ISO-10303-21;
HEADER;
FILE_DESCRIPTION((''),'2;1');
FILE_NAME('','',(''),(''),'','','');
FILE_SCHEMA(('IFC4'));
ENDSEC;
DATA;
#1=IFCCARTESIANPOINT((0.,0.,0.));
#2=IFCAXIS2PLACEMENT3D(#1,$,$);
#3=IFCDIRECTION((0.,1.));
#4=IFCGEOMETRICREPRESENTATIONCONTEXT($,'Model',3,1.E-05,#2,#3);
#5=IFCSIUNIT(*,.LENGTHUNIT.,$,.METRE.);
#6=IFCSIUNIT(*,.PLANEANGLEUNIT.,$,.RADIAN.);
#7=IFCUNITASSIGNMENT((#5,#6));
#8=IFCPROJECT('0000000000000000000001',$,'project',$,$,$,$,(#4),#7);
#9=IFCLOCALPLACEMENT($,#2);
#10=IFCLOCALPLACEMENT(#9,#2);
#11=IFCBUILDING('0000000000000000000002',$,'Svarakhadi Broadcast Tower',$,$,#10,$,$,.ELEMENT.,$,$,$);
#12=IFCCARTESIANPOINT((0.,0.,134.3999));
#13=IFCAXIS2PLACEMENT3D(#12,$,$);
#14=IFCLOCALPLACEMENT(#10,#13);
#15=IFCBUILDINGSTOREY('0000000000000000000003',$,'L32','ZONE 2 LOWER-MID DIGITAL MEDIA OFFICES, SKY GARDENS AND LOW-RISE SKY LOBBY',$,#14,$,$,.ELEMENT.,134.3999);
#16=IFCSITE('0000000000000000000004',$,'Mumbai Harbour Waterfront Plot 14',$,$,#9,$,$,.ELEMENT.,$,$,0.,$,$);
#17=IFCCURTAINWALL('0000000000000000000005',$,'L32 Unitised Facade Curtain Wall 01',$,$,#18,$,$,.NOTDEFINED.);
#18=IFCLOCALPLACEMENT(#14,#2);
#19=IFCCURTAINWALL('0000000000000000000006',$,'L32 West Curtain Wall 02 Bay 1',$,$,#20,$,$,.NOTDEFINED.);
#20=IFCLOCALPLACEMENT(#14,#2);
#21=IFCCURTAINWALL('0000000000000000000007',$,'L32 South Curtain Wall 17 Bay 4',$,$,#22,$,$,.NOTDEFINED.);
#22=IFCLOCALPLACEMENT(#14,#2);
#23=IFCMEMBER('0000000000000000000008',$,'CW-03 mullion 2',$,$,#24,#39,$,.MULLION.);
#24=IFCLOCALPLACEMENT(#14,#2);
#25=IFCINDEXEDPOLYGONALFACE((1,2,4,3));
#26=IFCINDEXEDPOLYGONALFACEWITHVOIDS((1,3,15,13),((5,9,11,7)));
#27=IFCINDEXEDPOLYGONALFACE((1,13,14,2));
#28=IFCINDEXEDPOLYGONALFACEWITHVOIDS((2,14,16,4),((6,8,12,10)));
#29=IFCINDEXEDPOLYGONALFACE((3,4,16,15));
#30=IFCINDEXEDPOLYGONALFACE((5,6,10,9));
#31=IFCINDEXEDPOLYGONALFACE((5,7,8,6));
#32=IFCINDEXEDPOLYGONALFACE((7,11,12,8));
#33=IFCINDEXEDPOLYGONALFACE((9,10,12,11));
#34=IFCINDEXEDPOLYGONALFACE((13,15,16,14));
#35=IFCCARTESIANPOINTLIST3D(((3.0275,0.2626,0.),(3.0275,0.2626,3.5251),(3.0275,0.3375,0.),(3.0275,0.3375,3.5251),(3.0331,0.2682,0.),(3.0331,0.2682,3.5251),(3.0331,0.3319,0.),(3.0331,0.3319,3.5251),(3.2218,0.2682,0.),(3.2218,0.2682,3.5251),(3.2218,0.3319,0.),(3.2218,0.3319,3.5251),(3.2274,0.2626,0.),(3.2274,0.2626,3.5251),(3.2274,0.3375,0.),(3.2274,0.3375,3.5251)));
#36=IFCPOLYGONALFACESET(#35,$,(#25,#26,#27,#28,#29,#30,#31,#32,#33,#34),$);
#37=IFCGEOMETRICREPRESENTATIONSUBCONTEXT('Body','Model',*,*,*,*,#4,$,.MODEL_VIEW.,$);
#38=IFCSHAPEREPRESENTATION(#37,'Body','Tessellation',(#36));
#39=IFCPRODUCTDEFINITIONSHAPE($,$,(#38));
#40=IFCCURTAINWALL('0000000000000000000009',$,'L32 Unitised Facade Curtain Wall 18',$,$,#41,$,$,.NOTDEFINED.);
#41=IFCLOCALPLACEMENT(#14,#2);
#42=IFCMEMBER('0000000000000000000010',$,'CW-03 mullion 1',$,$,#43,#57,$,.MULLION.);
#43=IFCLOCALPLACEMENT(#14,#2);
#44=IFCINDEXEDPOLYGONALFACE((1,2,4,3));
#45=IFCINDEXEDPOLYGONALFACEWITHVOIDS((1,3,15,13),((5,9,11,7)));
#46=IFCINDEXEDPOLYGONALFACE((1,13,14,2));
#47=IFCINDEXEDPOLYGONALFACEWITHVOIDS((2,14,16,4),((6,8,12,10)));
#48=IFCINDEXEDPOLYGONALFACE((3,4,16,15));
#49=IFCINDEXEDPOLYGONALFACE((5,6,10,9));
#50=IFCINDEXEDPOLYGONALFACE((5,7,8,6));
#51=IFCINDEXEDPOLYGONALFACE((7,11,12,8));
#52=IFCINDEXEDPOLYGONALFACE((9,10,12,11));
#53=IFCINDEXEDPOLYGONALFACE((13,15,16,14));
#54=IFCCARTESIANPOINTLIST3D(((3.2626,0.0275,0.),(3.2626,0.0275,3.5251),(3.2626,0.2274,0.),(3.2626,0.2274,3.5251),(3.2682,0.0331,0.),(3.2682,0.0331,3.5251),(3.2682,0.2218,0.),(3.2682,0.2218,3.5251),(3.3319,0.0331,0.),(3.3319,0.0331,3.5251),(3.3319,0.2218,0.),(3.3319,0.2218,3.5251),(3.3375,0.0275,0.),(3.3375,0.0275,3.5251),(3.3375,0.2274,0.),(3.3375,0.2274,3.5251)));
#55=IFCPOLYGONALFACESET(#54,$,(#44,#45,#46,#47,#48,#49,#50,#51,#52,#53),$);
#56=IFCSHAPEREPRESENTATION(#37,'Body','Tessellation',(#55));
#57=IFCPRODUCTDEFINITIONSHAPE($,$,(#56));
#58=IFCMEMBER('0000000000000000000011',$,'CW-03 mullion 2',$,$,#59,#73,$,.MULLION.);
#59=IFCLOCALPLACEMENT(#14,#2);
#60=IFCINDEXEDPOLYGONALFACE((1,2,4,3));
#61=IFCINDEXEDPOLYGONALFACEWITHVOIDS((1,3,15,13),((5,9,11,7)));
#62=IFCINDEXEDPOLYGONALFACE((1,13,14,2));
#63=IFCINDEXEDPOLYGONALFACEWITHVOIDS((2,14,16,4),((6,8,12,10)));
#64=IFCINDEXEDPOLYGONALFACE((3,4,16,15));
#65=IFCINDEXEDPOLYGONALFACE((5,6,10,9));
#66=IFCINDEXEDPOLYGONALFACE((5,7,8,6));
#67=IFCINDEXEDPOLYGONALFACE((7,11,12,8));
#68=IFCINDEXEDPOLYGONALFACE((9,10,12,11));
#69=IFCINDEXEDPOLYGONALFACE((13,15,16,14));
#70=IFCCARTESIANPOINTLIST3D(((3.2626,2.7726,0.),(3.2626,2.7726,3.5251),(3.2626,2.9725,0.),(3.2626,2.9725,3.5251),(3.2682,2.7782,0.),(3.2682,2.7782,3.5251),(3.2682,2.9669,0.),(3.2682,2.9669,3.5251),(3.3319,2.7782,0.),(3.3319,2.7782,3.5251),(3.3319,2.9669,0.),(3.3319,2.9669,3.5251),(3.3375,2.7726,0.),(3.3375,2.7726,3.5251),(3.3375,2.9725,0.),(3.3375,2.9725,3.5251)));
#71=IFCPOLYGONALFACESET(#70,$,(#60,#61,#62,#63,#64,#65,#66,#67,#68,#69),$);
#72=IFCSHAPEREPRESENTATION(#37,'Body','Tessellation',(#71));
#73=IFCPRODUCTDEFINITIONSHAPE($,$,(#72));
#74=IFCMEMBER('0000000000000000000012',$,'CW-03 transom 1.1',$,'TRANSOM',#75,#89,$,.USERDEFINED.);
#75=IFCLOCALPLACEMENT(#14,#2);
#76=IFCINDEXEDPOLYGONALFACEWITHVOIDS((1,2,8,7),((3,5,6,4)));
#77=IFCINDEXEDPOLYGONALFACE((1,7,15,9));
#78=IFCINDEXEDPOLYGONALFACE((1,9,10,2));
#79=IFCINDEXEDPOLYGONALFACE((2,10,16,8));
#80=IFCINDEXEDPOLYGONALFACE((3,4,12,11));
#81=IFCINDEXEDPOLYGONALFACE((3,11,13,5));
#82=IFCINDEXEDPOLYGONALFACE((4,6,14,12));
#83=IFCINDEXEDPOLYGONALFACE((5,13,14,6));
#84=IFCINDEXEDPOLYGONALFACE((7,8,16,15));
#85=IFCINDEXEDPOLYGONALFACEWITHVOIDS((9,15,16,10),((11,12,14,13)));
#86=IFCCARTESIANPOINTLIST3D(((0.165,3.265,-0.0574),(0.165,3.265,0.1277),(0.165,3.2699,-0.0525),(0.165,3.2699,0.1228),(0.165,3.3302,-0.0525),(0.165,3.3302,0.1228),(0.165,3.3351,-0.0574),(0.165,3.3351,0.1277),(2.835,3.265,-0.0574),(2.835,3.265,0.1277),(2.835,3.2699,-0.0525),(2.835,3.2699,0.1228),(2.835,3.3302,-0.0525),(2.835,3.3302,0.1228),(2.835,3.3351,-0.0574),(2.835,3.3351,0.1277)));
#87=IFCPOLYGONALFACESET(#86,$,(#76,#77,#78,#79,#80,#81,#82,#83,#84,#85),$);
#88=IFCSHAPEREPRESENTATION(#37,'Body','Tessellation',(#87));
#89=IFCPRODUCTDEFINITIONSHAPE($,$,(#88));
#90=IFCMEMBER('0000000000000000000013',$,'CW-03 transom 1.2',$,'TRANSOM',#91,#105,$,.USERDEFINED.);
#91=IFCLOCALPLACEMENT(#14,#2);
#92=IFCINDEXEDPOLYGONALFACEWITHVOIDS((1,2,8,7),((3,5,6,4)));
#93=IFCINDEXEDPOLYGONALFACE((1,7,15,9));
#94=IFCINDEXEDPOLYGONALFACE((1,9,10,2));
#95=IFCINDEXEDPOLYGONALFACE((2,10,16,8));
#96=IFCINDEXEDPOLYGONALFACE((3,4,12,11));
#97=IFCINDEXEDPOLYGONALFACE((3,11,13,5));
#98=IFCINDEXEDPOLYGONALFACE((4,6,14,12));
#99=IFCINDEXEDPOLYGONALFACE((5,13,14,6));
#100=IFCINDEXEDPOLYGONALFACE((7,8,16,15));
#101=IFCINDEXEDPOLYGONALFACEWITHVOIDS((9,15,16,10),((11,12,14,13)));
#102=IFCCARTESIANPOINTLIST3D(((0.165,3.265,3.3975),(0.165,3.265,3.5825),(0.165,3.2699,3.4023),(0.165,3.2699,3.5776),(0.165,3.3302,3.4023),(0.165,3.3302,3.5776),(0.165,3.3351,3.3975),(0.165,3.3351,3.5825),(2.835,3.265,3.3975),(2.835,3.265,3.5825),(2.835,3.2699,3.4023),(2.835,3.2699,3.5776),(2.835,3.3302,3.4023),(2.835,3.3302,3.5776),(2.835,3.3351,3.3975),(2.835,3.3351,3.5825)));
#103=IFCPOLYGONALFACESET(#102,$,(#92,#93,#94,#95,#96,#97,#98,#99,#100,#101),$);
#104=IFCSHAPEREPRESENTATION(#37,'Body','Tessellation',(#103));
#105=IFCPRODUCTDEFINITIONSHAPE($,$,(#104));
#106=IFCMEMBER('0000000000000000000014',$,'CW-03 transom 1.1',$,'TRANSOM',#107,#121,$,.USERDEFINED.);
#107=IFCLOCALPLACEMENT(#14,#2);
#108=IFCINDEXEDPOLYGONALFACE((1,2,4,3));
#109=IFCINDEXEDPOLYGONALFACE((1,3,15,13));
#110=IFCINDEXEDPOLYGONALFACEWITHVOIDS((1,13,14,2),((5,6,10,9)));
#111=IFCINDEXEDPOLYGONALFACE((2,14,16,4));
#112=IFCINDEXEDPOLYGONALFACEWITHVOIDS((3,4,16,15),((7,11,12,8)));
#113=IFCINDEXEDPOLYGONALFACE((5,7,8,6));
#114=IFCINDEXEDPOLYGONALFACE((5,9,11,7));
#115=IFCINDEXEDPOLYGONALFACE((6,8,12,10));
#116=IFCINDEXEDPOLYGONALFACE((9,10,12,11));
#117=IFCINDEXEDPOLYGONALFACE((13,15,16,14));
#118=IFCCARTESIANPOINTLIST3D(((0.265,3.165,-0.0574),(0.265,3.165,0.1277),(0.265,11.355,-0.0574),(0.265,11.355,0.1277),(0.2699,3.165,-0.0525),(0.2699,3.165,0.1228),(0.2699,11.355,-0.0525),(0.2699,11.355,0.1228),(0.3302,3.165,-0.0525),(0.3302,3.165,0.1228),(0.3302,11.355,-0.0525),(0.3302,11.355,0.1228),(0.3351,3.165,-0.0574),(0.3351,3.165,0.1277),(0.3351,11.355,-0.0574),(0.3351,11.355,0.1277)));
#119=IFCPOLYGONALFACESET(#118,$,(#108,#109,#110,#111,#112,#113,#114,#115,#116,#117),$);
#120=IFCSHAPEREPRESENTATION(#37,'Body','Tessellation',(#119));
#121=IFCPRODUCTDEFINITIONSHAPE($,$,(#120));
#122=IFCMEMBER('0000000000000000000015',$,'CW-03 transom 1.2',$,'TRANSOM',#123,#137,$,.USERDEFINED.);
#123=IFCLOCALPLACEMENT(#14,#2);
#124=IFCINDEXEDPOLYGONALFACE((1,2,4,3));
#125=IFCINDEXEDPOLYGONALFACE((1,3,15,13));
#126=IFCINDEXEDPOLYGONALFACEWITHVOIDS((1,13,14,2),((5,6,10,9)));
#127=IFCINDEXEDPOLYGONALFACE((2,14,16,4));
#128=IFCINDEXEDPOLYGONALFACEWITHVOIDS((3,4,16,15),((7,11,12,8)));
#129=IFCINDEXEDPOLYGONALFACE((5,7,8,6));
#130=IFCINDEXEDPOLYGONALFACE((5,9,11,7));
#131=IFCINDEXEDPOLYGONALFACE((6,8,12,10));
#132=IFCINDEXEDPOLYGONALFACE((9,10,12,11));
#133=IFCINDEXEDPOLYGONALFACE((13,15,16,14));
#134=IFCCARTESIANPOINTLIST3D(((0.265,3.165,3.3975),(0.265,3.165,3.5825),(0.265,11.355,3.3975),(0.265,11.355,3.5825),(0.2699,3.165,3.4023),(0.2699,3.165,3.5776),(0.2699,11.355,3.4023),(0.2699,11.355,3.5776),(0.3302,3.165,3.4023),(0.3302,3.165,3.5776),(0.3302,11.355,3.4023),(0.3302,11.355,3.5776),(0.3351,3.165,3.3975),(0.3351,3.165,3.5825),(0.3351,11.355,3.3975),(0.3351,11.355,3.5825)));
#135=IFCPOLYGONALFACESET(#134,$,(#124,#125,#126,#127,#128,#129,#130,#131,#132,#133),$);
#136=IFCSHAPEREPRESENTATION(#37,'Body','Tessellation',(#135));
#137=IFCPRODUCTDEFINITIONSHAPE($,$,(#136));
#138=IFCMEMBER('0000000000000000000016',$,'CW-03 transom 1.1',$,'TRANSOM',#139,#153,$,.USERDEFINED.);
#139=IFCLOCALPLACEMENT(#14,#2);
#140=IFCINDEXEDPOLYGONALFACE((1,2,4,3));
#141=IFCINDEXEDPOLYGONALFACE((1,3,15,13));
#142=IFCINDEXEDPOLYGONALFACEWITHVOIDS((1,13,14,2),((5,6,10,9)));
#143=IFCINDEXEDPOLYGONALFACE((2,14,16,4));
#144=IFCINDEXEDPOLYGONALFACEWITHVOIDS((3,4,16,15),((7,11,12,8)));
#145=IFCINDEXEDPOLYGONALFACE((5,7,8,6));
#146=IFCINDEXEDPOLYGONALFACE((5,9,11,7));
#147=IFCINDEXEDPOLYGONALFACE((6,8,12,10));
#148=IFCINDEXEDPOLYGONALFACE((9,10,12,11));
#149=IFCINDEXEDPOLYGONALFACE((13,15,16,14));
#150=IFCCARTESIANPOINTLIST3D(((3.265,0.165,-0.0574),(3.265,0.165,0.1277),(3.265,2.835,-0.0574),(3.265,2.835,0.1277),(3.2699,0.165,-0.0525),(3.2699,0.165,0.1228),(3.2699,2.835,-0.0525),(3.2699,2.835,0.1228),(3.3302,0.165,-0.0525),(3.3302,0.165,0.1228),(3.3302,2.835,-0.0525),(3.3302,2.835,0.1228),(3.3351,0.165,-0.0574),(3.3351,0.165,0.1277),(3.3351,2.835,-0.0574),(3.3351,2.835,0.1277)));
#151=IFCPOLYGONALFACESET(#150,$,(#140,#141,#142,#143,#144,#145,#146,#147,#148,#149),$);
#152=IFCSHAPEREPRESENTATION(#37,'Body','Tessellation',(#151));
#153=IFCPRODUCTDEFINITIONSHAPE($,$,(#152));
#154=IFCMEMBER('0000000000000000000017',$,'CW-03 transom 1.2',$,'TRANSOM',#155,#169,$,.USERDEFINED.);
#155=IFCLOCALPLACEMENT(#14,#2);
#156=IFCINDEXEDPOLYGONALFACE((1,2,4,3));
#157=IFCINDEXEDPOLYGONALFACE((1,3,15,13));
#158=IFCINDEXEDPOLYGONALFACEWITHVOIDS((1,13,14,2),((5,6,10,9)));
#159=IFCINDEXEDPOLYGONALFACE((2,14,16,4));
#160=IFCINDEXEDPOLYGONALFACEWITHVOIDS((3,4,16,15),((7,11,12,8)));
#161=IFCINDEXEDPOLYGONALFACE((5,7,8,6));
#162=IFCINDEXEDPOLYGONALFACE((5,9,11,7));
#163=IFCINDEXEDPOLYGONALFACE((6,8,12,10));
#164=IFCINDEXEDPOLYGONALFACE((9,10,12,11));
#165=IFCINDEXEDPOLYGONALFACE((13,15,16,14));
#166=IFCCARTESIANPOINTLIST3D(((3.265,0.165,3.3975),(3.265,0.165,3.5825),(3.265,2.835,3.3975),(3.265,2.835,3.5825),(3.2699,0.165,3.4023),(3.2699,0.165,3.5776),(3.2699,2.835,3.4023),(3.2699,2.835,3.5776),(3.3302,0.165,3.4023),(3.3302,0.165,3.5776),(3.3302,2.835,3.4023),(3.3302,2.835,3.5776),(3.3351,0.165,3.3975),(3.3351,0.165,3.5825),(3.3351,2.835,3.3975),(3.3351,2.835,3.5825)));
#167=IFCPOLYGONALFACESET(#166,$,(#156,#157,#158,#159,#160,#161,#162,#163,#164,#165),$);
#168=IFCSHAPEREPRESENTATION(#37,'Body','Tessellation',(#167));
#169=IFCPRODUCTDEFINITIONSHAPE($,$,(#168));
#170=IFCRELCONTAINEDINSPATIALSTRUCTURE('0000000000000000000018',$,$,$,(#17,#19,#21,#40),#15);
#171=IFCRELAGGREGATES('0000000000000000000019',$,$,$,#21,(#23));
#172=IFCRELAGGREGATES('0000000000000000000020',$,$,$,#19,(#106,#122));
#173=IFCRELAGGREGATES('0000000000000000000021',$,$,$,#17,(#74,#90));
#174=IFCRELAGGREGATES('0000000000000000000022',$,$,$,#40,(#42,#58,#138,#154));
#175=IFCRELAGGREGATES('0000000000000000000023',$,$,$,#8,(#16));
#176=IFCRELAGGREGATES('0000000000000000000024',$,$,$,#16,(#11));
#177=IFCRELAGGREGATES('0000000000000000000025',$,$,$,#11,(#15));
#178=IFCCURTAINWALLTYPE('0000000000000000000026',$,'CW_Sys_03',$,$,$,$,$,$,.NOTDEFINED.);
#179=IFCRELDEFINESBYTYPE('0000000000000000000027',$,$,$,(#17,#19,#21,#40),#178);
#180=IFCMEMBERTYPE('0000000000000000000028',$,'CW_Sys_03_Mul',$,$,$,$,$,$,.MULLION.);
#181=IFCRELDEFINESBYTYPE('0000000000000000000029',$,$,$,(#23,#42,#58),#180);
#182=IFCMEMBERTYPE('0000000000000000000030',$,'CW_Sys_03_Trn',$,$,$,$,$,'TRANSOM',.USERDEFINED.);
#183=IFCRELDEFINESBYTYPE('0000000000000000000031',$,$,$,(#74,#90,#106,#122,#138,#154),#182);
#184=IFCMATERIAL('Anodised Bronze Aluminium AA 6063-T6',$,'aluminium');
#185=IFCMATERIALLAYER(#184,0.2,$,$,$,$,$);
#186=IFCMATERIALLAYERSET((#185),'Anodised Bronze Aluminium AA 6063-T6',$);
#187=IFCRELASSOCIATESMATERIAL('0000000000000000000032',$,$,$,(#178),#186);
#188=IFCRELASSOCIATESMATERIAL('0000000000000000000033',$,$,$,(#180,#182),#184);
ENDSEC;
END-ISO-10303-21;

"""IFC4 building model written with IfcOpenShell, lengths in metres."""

from ifc_helpers import new_model, si_unit, direction, frame, origin, origin_2d, place, context, subcontext, project, spatial, hollow_rectangle, extrude, material, layer, layer_set, material_profile, profile_set, type_object, element, aggregate, save


model = new_model("IFC4")

# Units and contexts
model_context = context("Model", 3, precision=1e-05, world=origin(), true_north=direction((0.0, 1.0)))
body_context = subcontext(model_context, "Body", "Model", "MODEL_VIEW")
ifc_project = project(units=[si_unit("LENGTHUNIT", "METRE"), si_unit("PLANEANGLEUNIT", "RADIAN")], contexts=[model_context])

# Site, building, storey
site_placement = place(None, origin())
site = spatial("IfcSite", under=ifc_project, at=site_placement, Name="Mumbai Harbour Waterfront Plot 14", CompositionType="ELEMENT", RefElevation=0.0)
building_placement = place(site_placement, origin())
building = spatial("IfcBuilding", under=site, at=building_placement, Name="Svarakhadi Broadcast Tower", CompositionType="ELEMENT")
storey_placement = place(building_placement, frame((0.0, 0.0, 134.3999)))
storey = spatial("IfcBuildingStorey", under=building, at=storey_placement, Name="L32", Description="ZONE 2 LOWER-MID DIGITAL MEDIA OFFICES, SKY GARDENS AND LOW-RISE SKY LOBBY", CompositionType="ELEMENT", Elevation=134.3999)

# Curtain wall
ifc_material_1 = material(Name="Anodised Bronze Aluminium AA 6063-T6", Category="aluminium")
ifc_layer_1 = layer(ifc_material_1, 0.2)
ifc_layer_set_1 = layer_set([ifc_layer_1], Name="Anodised Bronze Aluminium AA 6063-T6")
curtain_wall_type = type_object("IfcCurtainWallType", Name="CW_Sys_03", PredefinedType="NOTDEFINED", material=ifc_layer_set_1)
curtain_wall_1_placement = place(storey_placement, origin())
curtain_wall_1 = element("IfcCurtainWall", 1, at=curtain_wall_1_placement, inside=storey, type_object=curtain_wall_type, Name="L32 Unitised Facade Curtain Wall 01", PredefinedType="NOTDEFINED")
ifc_material_profile_1 = material_profile(ifc_material_1, hollow_rectangle(XDim=0.075, YDim=0.2, WallThickness=0.0056, at=origin_2d()), Name="ALU MULLION 200x75x6")
ifc_profile_set_1 = profile_set([ifc_material_profile_1], Name="Anodised Bronze Aluminium AA 6063-T6")
member_type_1 = type_object("IfcMemberType", Name="CW_Sys_03_Mul", PredefinedType="MULLION", material=ifc_profile_set_1)

# Curtain walls, member
curtain_wall_2_placement = place(storey_placement, origin())
curtain_wall_2 = element("IfcCurtainWall", 2, at=curtain_wall_2_placement, inside=storey, type_object=curtain_wall_type, Name="L32 West Curtain Wall 02 Bay 1", PredefinedType="NOTDEFINED")
curtain_wall_3_placement = place(storey_placement, origin())
curtain_wall_3 = element("IfcCurtainWall", 3, at=curtain_wall_3_placement, inside=storey, type_object=curtain_wall_type, Name="L32 South Curtain Wall 17 Bay 4", PredefinedType="NOTDEFINED")
member_1_placement = place(storey_placement, frame((3.1274, 0.3, 0.0), z_axis=(0.0, 0.0, 1.0), x_axis=(0.0, -1.0, 0.0)))
member_1 = element("IfcMember", 4, at=member_1_placement, type_object=member_type_1, Name="CW-03 mullion 2", PredefinedType="MULLION", context=body_context, shape_type="SweptSolid", body=[
    extrude(hollow_rectangle(XDim=0.075, YDim=0.2, WallThickness=0.0056, at=origin_2d()), origin(), (0.0, 0.0, 1.0), 3.5251),
])
aggregate(curtain_wall_3, [member_1])

# Curtain wall, members
curtain_wall_4_placement = place(storey_placement, origin())
curtain_wall_4 = element("IfcCurtainWall", 5, at=curtain_wall_4_placement, inside=storey, type_object=curtain_wall_type, Name="L32 Unitised Facade Curtain Wall 18", PredefinedType="NOTDEFINED")
member_2_placement = place(storey_placement, frame((3.3, 0.1274, 0.0), z_axis=(0.0, 0.0, 1.0), x_axis=(-1.0, 0.0, 0.0)))
member_2 = element("IfcMember", 6, at=member_2_placement, type_object=member_type_1, Name="CW-03 mullion 1", PredefinedType="MULLION", context=body_context, shape_type="SweptSolid", body=[
    extrude(hollow_rectangle(XDim=0.075, YDim=0.2, WallThickness=0.0056, at=origin_2d()), origin(), (0.0, 0.0, 1.0), 3.5251),
])
member_3_placement = place(storey_placement, frame((3.3, 2.8726, 0.0), z_axis=(0.0, 0.0, 1.0), x_axis=(-1.0, 0.0, 0.0)))
member_3 = element("IfcMember", 7, at=member_3_placement, type_object=member_type_1, Name="CW-03 mullion 2", PredefinedType="MULLION", context=body_context, shape_type="SweptSolid", body=[
    extrude(hollow_rectangle(XDim=0.075, YDim=0.2, WallThickness=0.0056, at=origin_2d()), origin(), (0.0, 0.0, 1.0), 3.5251),
])

# Members
ifc_material_profile_2 = material_profile(ifc_material_1, hollow_rectangle(XDim=0.0701, YDim=0.1851, WallThickness=0.0049, at=origin_2d()), Name="ALU TRANSOM 185x70x5")
ifc_profile_set_2 = profile_set([ifc_material_profile_2], Name="Anodised Bronze Aluminium AA 6063-T6")
member_type_2 = type_object("IfcMemberType", Name="CW_Sys_03_Trn", ElementType="TRANSOM", PredefinedType="USERDEFINED", material=ifc_profile_set_2)
member_4_placement = place(storey_placement, frame((2.835, 3.3, 0.0352), z_axis=(-1.0, 0.0, 0.0), x_axis=(0.0, -1.0, 0.0)))
member_4 = element("IfcMember", 8, at=member_4_placement, type_object=member_type_2, Name="CW-03 transom 1.1", ObjectType="TRANSOM", PredefinedType="USERDEFINED", context=body_context, shape_type="SweptSolid", body=[
    extrude(hollow_rectangle(XDim=0.0701, YDim=0.1851, WallThickness=0.0049, at=origin_2d()), origin(), (0.0, 0.0, 1.0), 2.6699),
])
member_5_placement = place(storey_placement, frame((2.835, 3.3, 3.49), z_axis=(-1.0, 0.0, 0.0), x_axis=(0.0, -1.0, 0.0)))
member_5 = element("IfcMember", 9, at=member_5_placement, type_object=member_type_2, Name="CW-03 transom 1.2", ObjectType="TRANSOM", PredefinedType="USERDEFINED", context=body_context, shape_type="SweptSolid", body=[
    extrude(hollow_rectangle(XDim=0.0701, YDim=0.1851, WallThickness=0.0049, at=origin_2d()), origin(), (0.0, 0.0, 1.0), 2.6699),
])
member_6_placement = place(storey_placement, frame((0.3, 3.165, 0.0352), z_axis=(0.0, 1.0, 0.0), x_axis=(-1.0, 0.0, 0.0)))
member_6 = element("IfcMember", 10, at=member_6_placement, type_object=member_type_2, Name="CW-03 transom 1.1", ObjectType="TRANSOM", PredefinedType="USERDEFINED", context=body_context, shape_type="SweptSolid", body=[
    extrude(hollow_rectangle(XDim=0.0701, YDim=0.1851, WallThickness=0.0049, at=origin_2d()), origin(), (0.0, 0.0, 1.0), 8.1899),
])
member_7_placement = place(storey_placement, frame((0.3, 3.165, 3.49), z_axis=(0.0, 1.0, 0.0), x_axis=(-1.0, 0.0, 0.0)))
member_7 = element("IfcMember", 11, at=member_7_placement, type_object=member_type_2, Name="CW-03 transom 1.2", ObjectType="TRANSOM", PredefinedType="USERDEFINED", context=body_context, shape_type="SweptSolid", body=[
    extrude(hollow_rectangle(XDim=0.0701, YDim=0.1851, WallThickness=0.0049, at=origin_2d()), origin(), (0.0, 0.0, 1.0), 8.1899),
])
aggregate(curtain_wall_2, [member_6, member_7])
member_8_placement = place(storey_placement, frame((3.3, 0.165, 0.0352), z_axis=(0.0, 1.0, 0.0), x_axis=(-1.0, 0.0, 0.0)))
member_8 = element("IfcMember", 12, at=member_8_placement, type_object=member_type_2, Name="CW-03 transom 1.1", ObjectType="TRANSOM", PredefinedType="USERDEFINED", context=body_context, shape_type="SweptSolid", body=[
    extrude(hollow_rectangle(XDim=0.0701, YDim=0.1851, WallThickness=0.0049, at=origin_2d()), origin(), (0.0, 0.0, 1.0), 2.6699),
])
member_9_placement = place(storey_placement, frame((3.3, 0.165, 3.49), z_axis=(0.0, 1.0, 0.0), x_axis=(-1.0, 0.0, 0.0)))
member_9 = element("IfcMember", 13, at=member_9_placement, type_object=member_type_2, Name="CW-03 transom 1.2", ObjectType="TRANSOM", PredefinedType="USERDEFINED", context=body_context, shape_type="SweptSolid", body=[
    extrude(hollow_rectangle(XDim=0.0701, YDim=0.1851, WallThickness=0.0049, at=origin_2d()), origin(), (0.0, 0.0, 1.0), 2.6699),
])

aggregate(curtain_wall_1, [member_4, member_5])
aggregate(curtain_wall_4, [member_2, member_3, member_8, member_9])

save(model, "model.ifc")
